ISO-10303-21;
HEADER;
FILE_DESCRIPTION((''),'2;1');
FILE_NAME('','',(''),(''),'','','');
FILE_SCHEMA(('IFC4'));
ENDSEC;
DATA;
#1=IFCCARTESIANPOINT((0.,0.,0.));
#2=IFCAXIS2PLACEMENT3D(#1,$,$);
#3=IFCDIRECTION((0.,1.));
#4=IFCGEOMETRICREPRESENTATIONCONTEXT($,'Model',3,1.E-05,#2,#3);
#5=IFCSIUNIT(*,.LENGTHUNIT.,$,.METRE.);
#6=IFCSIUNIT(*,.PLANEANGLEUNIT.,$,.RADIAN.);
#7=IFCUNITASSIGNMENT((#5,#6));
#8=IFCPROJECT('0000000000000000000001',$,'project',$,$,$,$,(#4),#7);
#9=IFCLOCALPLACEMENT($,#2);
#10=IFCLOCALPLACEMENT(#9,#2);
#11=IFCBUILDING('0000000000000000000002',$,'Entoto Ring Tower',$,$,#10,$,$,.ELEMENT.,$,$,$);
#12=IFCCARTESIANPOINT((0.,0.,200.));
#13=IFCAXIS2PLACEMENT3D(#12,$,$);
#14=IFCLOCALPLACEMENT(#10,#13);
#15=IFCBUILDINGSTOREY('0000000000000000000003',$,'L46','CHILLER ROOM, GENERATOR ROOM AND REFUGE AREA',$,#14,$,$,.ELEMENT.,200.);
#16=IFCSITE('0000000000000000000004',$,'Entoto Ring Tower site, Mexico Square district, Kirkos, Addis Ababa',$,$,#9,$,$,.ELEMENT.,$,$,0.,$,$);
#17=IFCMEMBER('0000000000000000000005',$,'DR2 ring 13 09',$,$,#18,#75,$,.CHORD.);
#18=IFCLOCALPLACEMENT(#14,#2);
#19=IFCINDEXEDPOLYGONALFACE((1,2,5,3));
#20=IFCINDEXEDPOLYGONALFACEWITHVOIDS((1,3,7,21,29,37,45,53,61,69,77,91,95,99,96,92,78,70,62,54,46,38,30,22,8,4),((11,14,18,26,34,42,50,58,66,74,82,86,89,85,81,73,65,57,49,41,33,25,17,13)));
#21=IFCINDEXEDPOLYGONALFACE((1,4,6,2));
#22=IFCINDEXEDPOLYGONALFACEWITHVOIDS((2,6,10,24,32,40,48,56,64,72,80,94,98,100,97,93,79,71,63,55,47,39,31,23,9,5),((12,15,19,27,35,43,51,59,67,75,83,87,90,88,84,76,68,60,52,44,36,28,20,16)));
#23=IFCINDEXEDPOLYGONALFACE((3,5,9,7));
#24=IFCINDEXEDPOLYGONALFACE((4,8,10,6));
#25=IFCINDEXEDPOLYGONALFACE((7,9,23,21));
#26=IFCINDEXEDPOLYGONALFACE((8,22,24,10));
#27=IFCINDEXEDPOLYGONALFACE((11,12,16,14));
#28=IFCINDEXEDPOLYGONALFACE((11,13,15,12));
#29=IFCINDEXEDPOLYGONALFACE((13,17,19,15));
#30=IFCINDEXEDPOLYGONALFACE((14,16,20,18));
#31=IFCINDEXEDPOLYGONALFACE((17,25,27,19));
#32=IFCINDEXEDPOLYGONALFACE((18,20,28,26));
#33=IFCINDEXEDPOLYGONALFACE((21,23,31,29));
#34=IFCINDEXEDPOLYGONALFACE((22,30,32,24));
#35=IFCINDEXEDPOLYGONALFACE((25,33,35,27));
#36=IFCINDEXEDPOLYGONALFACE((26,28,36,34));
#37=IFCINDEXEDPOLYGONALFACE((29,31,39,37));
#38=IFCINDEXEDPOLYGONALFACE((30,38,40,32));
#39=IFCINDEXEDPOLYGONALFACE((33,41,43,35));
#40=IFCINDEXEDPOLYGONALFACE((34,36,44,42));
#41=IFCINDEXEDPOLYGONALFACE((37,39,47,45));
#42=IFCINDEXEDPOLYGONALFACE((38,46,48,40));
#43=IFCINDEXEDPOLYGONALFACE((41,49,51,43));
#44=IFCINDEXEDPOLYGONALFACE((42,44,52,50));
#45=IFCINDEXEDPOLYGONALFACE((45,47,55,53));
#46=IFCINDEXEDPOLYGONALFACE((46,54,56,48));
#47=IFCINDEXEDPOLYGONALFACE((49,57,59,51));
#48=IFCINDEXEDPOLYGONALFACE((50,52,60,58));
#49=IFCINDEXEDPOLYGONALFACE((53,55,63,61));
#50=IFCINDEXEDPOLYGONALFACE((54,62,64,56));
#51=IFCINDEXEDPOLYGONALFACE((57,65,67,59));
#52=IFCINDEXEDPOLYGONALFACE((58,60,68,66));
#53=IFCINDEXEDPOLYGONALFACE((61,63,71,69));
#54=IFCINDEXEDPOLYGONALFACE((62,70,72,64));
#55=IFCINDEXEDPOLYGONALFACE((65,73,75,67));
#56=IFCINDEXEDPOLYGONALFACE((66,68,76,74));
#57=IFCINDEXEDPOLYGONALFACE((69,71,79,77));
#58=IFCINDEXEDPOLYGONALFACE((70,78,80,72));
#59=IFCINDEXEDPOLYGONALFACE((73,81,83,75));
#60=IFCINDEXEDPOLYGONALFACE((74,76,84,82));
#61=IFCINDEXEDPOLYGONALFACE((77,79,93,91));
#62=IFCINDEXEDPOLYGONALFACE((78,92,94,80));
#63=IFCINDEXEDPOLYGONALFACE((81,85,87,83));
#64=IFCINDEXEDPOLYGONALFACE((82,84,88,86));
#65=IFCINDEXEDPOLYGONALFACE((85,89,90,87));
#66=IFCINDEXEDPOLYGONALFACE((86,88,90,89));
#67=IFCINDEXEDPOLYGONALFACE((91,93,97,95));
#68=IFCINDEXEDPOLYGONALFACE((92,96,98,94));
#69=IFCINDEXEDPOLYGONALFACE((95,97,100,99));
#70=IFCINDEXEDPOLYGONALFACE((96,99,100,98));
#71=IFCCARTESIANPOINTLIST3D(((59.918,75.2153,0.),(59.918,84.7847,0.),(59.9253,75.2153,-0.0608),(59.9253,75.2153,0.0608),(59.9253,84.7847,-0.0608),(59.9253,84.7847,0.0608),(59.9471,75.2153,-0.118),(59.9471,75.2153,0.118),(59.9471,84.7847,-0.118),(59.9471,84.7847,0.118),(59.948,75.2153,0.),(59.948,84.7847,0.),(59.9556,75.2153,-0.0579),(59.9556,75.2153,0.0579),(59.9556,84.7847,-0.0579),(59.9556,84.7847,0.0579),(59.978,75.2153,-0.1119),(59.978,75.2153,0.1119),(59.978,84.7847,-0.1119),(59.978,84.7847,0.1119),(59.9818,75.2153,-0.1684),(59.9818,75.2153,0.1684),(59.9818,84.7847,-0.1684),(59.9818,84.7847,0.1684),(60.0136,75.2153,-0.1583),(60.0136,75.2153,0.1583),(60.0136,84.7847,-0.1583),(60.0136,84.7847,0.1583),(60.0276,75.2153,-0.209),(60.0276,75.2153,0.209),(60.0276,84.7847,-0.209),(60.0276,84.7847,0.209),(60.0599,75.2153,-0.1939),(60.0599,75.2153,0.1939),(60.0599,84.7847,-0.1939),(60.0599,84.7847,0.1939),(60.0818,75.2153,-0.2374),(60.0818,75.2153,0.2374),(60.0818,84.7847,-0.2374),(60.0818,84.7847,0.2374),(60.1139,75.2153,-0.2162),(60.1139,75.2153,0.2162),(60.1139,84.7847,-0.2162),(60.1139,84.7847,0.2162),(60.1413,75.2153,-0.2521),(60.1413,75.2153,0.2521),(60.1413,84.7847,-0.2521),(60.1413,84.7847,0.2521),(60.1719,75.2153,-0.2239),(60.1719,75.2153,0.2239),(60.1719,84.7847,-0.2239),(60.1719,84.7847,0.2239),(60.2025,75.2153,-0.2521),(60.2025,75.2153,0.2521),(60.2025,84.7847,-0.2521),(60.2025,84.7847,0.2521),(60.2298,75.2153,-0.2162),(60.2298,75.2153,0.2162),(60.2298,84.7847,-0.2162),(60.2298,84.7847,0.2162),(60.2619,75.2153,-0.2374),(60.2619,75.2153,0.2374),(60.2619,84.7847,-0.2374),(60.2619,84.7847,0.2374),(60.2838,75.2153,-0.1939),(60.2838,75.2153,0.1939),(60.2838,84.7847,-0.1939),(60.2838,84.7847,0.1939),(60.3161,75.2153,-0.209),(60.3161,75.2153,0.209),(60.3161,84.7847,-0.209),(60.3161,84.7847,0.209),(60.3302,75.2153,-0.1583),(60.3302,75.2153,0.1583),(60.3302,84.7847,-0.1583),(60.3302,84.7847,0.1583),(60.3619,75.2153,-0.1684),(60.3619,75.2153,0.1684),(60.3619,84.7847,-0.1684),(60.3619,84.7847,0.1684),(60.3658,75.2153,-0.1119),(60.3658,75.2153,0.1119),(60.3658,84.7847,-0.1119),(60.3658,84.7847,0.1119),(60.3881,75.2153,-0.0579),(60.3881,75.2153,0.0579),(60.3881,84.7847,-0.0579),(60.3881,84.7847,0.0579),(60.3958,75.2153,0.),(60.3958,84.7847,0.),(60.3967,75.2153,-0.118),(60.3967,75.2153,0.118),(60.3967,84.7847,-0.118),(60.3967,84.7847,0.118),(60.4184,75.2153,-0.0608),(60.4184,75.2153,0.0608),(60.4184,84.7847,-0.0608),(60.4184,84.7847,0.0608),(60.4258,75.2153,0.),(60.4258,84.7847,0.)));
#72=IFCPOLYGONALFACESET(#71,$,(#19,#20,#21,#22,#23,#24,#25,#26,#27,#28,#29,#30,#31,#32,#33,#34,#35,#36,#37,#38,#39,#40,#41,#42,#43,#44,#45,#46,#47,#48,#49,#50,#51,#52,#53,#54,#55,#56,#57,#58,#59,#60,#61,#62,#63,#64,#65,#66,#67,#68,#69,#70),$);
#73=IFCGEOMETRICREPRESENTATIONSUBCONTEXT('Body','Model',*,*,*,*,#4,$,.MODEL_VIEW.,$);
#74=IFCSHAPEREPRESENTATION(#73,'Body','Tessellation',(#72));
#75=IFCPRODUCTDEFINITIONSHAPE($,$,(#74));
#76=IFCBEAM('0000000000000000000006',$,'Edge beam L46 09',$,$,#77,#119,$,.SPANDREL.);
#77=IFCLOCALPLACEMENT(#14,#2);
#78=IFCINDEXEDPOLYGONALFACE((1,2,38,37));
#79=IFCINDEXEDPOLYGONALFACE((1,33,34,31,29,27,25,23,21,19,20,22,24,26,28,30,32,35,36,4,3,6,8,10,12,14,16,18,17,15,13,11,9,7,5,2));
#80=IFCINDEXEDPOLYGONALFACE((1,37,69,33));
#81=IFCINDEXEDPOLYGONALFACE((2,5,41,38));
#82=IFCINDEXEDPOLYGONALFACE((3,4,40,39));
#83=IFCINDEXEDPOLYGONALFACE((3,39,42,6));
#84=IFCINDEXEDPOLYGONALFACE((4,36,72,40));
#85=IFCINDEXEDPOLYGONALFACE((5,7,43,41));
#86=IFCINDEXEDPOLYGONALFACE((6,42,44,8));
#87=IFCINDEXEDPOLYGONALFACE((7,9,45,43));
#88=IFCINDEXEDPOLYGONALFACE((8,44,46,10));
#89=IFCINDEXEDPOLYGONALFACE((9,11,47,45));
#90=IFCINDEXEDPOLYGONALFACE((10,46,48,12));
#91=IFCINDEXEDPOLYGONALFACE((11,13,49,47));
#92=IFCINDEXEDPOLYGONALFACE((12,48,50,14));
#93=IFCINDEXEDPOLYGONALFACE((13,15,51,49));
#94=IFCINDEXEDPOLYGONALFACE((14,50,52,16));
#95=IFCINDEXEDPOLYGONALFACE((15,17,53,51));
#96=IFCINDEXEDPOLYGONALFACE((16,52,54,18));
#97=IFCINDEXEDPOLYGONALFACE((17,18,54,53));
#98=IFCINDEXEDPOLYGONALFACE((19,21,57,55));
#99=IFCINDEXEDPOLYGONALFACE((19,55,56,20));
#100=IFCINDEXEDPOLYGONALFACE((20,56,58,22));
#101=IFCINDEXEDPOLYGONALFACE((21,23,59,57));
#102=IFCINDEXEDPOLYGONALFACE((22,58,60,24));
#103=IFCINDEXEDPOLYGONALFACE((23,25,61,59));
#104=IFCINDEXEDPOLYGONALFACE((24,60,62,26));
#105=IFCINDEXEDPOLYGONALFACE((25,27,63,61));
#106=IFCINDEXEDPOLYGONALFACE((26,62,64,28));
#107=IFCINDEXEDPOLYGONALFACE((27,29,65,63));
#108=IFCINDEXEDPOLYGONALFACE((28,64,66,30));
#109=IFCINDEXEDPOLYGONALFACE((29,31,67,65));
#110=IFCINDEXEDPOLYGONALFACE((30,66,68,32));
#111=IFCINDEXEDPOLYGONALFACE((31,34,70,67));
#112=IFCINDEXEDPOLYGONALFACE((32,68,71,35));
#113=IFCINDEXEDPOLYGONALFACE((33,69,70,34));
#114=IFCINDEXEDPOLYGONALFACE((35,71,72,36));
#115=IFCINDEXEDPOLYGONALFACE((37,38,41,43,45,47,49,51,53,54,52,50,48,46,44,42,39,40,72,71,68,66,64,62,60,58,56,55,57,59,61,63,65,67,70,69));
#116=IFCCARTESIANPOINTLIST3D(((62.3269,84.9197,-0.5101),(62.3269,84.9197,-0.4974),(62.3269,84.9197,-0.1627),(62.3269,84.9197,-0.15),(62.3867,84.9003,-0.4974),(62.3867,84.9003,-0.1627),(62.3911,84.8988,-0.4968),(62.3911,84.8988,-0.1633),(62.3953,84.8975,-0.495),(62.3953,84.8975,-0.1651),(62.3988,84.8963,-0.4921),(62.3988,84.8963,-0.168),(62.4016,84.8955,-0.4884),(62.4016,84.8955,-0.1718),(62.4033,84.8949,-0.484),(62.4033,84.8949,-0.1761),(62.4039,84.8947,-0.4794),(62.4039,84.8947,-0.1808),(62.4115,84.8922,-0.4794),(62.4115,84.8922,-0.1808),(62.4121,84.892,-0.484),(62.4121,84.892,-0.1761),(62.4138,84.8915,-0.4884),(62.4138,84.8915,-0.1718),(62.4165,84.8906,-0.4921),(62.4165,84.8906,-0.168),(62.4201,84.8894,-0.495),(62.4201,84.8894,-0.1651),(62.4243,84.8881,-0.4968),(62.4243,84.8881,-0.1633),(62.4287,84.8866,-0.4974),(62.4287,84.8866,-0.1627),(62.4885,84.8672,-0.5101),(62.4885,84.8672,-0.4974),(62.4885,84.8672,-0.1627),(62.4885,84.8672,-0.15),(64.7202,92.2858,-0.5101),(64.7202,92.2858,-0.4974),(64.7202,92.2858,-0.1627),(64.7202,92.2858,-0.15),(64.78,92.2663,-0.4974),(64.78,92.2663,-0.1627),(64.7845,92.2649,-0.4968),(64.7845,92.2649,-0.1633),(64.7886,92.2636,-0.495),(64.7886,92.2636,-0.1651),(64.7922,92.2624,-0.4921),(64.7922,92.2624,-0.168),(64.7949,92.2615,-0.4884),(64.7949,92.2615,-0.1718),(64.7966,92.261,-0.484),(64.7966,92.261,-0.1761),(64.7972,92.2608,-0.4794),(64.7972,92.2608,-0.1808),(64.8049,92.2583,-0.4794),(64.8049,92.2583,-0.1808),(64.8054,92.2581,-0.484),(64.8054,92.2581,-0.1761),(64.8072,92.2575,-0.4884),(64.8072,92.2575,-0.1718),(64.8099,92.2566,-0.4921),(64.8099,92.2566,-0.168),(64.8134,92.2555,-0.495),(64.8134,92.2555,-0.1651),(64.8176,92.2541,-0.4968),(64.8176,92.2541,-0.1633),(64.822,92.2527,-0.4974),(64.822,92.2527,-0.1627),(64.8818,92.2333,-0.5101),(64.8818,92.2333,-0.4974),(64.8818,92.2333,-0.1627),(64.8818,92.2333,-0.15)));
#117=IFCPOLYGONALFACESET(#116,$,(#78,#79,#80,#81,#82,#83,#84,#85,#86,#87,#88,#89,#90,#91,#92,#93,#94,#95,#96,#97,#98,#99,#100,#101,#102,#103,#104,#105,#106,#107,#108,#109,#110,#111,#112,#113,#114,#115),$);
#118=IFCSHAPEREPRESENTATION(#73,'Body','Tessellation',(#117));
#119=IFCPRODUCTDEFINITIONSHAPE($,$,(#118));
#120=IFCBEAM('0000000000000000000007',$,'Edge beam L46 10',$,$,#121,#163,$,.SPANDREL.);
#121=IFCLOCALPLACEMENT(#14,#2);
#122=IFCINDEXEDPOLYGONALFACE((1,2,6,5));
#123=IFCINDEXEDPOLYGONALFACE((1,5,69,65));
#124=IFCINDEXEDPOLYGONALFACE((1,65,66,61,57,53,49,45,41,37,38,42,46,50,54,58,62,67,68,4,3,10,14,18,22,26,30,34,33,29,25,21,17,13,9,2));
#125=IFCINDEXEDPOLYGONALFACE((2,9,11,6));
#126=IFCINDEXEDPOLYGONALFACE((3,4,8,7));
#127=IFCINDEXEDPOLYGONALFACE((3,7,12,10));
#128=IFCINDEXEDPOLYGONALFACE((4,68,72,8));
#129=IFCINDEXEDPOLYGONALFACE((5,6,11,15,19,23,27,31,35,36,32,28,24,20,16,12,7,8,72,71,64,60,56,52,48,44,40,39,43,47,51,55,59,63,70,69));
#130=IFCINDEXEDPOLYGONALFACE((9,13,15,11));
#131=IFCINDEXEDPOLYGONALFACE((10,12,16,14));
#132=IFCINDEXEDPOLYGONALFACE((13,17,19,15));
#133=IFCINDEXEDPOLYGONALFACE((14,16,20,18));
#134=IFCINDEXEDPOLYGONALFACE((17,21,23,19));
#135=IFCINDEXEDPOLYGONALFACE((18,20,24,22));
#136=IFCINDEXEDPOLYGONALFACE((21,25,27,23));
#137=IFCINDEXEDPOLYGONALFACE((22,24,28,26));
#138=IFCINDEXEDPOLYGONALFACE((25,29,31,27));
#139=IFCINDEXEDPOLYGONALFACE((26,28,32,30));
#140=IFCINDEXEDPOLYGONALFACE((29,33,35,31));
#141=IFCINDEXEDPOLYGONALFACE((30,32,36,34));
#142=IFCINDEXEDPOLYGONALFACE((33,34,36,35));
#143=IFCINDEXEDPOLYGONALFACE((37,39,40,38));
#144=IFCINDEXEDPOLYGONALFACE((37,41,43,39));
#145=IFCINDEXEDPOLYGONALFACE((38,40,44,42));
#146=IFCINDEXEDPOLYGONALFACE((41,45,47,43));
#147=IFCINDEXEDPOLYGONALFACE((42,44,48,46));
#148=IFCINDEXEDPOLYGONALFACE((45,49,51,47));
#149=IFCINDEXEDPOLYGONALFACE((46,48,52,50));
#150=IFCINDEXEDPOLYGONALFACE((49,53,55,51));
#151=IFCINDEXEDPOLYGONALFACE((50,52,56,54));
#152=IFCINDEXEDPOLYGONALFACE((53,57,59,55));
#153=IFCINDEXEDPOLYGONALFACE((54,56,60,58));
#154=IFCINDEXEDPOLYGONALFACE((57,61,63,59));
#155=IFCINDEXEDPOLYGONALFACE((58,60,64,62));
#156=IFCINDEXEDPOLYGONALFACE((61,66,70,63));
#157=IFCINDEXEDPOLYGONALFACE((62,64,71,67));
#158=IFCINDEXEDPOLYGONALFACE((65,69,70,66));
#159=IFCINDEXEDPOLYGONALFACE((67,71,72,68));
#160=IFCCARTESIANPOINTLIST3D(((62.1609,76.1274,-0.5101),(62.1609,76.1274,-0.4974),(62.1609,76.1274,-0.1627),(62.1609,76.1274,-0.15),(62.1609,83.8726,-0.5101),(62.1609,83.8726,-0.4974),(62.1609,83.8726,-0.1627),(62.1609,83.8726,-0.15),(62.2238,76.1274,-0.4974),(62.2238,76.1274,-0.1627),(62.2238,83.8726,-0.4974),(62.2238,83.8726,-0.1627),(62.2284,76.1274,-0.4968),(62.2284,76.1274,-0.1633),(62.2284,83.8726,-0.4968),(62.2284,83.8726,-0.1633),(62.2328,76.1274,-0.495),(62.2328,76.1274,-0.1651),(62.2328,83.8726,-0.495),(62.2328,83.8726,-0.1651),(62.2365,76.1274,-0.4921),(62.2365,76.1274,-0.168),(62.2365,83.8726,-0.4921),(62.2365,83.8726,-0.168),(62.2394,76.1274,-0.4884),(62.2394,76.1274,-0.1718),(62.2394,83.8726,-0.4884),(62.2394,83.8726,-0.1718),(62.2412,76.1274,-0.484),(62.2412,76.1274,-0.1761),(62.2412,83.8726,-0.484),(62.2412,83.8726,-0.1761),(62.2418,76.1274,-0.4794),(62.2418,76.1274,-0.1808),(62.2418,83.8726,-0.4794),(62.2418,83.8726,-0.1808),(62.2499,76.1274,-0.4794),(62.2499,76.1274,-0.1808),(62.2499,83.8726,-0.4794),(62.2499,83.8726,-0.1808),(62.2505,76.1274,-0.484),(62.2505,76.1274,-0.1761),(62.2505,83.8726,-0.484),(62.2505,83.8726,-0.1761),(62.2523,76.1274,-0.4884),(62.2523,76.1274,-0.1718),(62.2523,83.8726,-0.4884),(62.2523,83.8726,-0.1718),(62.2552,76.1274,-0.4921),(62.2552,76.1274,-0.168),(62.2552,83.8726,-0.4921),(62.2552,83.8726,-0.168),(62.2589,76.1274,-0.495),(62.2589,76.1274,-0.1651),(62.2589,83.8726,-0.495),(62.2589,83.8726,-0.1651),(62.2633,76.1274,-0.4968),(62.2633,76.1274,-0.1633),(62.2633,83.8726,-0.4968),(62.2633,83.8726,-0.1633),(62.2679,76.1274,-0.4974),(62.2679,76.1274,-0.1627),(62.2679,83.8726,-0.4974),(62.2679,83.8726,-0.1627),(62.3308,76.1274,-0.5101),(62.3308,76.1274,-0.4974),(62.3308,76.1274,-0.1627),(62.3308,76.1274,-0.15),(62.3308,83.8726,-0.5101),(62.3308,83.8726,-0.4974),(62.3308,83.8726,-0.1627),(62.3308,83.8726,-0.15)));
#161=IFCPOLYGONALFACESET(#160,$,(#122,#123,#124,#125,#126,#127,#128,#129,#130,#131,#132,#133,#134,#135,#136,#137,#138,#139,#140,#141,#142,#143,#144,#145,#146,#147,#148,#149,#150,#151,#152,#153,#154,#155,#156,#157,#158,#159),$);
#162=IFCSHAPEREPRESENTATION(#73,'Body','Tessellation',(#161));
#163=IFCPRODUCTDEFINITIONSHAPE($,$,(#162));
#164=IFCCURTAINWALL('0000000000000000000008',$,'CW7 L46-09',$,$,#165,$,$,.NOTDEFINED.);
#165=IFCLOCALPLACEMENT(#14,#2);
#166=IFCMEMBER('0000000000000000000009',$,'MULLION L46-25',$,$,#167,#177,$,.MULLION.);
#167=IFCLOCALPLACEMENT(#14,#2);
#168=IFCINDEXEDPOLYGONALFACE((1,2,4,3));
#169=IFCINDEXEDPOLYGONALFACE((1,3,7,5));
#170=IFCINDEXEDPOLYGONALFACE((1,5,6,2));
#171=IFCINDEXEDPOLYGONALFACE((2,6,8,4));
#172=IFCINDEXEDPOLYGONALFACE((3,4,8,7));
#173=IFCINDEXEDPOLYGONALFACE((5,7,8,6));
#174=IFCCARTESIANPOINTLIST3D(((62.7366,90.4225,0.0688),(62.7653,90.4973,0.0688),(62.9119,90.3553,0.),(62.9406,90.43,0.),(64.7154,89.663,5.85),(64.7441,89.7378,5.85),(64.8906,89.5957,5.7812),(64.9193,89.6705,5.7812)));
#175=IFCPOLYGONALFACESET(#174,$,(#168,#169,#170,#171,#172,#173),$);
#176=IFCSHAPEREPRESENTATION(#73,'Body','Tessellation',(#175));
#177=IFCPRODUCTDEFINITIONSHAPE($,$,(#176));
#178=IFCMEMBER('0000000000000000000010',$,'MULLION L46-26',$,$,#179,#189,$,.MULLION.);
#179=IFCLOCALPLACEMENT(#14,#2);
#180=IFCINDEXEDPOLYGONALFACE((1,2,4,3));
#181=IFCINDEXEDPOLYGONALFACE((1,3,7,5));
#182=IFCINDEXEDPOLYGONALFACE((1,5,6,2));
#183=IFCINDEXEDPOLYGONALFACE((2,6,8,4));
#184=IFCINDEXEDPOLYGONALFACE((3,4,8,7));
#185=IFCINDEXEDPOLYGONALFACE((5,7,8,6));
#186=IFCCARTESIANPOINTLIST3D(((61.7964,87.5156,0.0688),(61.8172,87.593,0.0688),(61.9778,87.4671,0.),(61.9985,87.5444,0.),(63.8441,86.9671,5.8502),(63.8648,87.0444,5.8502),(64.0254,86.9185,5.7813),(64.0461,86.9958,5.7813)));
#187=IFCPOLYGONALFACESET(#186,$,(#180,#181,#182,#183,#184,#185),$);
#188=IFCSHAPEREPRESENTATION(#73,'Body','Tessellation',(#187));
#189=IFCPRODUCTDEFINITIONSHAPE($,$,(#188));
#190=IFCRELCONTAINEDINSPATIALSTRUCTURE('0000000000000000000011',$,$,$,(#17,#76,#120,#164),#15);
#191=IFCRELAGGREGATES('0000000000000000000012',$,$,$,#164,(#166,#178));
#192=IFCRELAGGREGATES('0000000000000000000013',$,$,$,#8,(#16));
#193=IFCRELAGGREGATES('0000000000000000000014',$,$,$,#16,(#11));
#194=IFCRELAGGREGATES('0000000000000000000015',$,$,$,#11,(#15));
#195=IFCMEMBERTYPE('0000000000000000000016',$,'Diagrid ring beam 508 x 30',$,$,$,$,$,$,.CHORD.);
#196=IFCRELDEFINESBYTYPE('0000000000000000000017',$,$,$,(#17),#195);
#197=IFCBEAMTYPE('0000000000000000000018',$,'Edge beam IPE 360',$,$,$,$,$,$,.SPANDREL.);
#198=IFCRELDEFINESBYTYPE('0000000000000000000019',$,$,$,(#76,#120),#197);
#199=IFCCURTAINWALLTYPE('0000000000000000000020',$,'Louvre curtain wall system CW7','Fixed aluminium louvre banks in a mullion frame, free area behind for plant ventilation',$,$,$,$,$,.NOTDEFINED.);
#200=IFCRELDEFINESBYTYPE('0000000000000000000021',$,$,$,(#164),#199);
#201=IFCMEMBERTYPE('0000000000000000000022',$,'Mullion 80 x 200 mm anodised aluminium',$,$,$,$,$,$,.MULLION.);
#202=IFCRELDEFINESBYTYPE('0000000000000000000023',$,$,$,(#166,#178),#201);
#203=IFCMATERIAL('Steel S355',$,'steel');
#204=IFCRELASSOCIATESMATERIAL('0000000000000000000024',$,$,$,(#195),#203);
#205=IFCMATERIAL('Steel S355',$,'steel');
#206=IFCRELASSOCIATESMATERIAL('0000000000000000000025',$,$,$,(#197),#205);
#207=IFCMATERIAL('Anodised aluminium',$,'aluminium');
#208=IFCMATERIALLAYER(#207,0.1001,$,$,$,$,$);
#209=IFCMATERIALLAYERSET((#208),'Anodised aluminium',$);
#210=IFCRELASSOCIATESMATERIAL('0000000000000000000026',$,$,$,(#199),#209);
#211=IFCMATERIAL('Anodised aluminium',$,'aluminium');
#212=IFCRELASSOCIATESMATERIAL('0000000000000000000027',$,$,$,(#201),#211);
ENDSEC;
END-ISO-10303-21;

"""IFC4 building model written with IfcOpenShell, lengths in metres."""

from ifc_helpers import new_model, si_unit, direction, frame, origin, origin_2d, place, context, subcontext, project, spatial, rectangle, circle, hollow_circle, i_section, extrude, material, layer, layer_set, material_profile, profile_set, type_object, element, aggregate, save


model = new_model("IFC4")

# Units and contexts
model_context = context("Model", 3, precision=1e-05, world=origin(), true_north=direction((0.0, 1.0)))
body_context = subcontext(model_context, "Body", "Model", "MODEL_VIEW")
ifc_project = project(units=[si_unit("LENGTHUNIT", "METRE"), si_unit("PLANEANGLEUNIT", "RADIAN")], contexts=[model_context])

# Site, building, storey
site_placement = place(None, origin())
site = spatial("IfcSite", under=ifc_project, at=site_placement, Name="Entoto Ring Tower site, Mexico Square district, Kirkos, Addis Ababa", CompositionType="ELEMENT", RefElevation=0.0)
building_placement = place(site_placement, origin())
building = spatial("IfcBuilding", under=site, at=building_placement, Name="Entoto Ring Tower", CompositionType="ELEMENT")
storey_placement = place(building_placement, frame((0.0, 0.0, 200.0)))
storey = spatial("IfcBuildingStorey", under=building, at=storey_placement, Name="L46", Description="CHILLER ROOM, GENERATOR ROOM AND REFUGE AREA", CompositionType="ELEMENT", Elevation=200.0)

# Member
ifc_material_1 = material(Name="Steel S355", Category="steel")
ifc_material_profile_1 = material_profile(ifc_material_1, hollow_circle(Radius=0.2539, WallThickness=0.03, at=origin_2d()), Name="CHS 508 x 30")
ifc_material_2 = material(Name="Concrete C60/75", Category="concrete")
ifc_material_profile_2 = material_profile(ifc_material_2, circle(Radius=0.2241, at=origin_2d()), Name="Concrete C60/75 infill")
ifc_profile_set_1 = profile_set([ifc_material_profile_1, ifc_material_profile_2], Name="Steel S355")
member_type_1 = type_object("IfcMemberType", Name="Diagrid ring beam 508 x 30", PredefinedType="CHORD", material=ifc_profile_set_1)
member_1_placement = place(storey_placement, frame((60.1719, 84.7847, 0.0), z_axis=(0.0, -1.0, 0.0), x_axis=(1.0, 0.0, 0.0)))
element("IfcMember", 1, at=member_1_placement, inside=storey, type_object=member_type_1, Name="DR2 ring 13 09", PredefinedType="CHORD", context=body_context, shape_type="SweptSolid", body=[
    extrude(hollow_circle(Radius=0.2539, WallThickness=0.03, at=origin_2d()), origin(), (0.0, 0.0, 1.0), 9.5693),
])

# Beams
ifc_material_3 = material(Name="Steel S355", Category="steel")
ifc_material_profile_3 = material_profile(ifc_material_3, i_section(OverallWidth=0.1699, OverallDepth=0.3601, WebThickness=0.0081, FlangeThickness=0.0127, FilletRadius=0.0181, at=origin_2d()), Name="IPE 360")
ifc_profile_set_2 = profile_set([ifc_material_profile_3], Name="Steel S355")
beam_type = type_object("IfcBeamType", Name="Edge beam IPE 360", PredefinedType="SPANDREL", material=ifc_profile_set_2)
for number, where, z_axis, x_axis, name in (
    (2, (64.801, 92.2595, -0.3301), (-0.309013, -0.951058, 0.0), (0.951058, -0.309013, 0.0), "Edge beam L46 09"),
    (3, (62.2458, 83.8726, -0.3301), (0.0, -1.0, 0.0), (1.0, 0.0, 0.0), "Edge beam L46 10"),
):
    element("IfcBeam", number, at=place(storey_placement, frame(where, z_axis=z_axis, x_axis=x_axis)), inside=storey, type_object=beam_type, Name=name, PredefinedType="SPANDREL", context=body_context, shape_type="SweptSolid", body=[
        extrude(i_section(OverallWidth=0.1699, OverallDepth=0.3601, WebThickness=0.0081, FlangeThickness=0.0127, FilletRadius=0.0181, at=origin_2d()), origin(), (0.0, 0.0, 1.0), 7.7451),
    ])

# Curtain wall, members
ifc_material_4 = material(Name="Anodised aluminium", Category="aluminium")
ifc_layer_1 = layer(ifc_material_4, 0.1001)
ifc_layer_set_1 = layer_set([ifc_layer_1], Name="Anodised aluminium")
curtain_wall_type = type_object("IfcCurtainWallType", Name="Louvre curtain wall system CW7", Description="Fixed aluminium louvre banks in a mullion frame, free area behind for plant ventilation", PredefinedType="NOTDEFINED", material=ifc_layer_set_1)
curtain_wall_1_placement = place(storey_placement, origin())
curtain_wall_1 = element("IfcCurtainWall", 4, at=curtain_wall_1_placement, inside=storey, type_object=curtain_wall_type, Name="CW7 L46-09", PredefinedType="NOTDEFINED")
ifc_material_5 = material(Name="Anodised aluminium", Category="aluminium")
ifc_material_profile_4 = material_profile(ifc_material_5, rectangle(XDim=0.0801, YDim=0.2, at=origin_2d()), Name="Mullion 80 x 200 mm anodised aluminium")
ifc_profile_set_3 = profile_set([ifc_material_profile_4], Name="Anodised aluminium")
member_type_2 = type_object("IfcMemberType", Name="Mullion 80 x 200 mm anodised aluminium", PredefinedType="MULLION", material=ifc_profile_set_3)
member_2_placement = place(storey_placement, frame((62.8386, 90.4263, 0.0344), z_axis=(0.321356, -0.123348, 0.938891), x_axis=(0.358346, 0.933589, 0.0)))
member_2 = element("IfcMember", 5, at=member_2_placement, type_object=member_type_2, Name="MULLION L46-25", PredefinedType="MULLION", context=body_context, shape_type="SweptSolid", body=[
    extrude(rectangle(XDim=0.0801, YDim=0.2, at=origin_2d()), origin(), (0.0, 0.0, 1.0), 6.1575),
])
member_3_placement = place(storey_placement, frame((61.8975, 87.53, 0.0344), z_axis=(0.332531, -0.08909, 0.938875), x_axis=(0.258788, 0.965934, 0.0)))
member_3 = element("IfcMember", 6, at=member_3_placement, type_object=member_type_2, Name="MULLION L46-26", PredefinedType="MULLION", context=body_context, shape_type="SweptSolid", body=[
    extrude(rectangle(XDim=0.0801, YDim=0.2, at=origin_2d()), origin(), (0.0, 0.0, 1.0), 6.1577),
])
aggregate(curtain_wall_1, [member_2, member_3])

save(model, "model.ifc")
